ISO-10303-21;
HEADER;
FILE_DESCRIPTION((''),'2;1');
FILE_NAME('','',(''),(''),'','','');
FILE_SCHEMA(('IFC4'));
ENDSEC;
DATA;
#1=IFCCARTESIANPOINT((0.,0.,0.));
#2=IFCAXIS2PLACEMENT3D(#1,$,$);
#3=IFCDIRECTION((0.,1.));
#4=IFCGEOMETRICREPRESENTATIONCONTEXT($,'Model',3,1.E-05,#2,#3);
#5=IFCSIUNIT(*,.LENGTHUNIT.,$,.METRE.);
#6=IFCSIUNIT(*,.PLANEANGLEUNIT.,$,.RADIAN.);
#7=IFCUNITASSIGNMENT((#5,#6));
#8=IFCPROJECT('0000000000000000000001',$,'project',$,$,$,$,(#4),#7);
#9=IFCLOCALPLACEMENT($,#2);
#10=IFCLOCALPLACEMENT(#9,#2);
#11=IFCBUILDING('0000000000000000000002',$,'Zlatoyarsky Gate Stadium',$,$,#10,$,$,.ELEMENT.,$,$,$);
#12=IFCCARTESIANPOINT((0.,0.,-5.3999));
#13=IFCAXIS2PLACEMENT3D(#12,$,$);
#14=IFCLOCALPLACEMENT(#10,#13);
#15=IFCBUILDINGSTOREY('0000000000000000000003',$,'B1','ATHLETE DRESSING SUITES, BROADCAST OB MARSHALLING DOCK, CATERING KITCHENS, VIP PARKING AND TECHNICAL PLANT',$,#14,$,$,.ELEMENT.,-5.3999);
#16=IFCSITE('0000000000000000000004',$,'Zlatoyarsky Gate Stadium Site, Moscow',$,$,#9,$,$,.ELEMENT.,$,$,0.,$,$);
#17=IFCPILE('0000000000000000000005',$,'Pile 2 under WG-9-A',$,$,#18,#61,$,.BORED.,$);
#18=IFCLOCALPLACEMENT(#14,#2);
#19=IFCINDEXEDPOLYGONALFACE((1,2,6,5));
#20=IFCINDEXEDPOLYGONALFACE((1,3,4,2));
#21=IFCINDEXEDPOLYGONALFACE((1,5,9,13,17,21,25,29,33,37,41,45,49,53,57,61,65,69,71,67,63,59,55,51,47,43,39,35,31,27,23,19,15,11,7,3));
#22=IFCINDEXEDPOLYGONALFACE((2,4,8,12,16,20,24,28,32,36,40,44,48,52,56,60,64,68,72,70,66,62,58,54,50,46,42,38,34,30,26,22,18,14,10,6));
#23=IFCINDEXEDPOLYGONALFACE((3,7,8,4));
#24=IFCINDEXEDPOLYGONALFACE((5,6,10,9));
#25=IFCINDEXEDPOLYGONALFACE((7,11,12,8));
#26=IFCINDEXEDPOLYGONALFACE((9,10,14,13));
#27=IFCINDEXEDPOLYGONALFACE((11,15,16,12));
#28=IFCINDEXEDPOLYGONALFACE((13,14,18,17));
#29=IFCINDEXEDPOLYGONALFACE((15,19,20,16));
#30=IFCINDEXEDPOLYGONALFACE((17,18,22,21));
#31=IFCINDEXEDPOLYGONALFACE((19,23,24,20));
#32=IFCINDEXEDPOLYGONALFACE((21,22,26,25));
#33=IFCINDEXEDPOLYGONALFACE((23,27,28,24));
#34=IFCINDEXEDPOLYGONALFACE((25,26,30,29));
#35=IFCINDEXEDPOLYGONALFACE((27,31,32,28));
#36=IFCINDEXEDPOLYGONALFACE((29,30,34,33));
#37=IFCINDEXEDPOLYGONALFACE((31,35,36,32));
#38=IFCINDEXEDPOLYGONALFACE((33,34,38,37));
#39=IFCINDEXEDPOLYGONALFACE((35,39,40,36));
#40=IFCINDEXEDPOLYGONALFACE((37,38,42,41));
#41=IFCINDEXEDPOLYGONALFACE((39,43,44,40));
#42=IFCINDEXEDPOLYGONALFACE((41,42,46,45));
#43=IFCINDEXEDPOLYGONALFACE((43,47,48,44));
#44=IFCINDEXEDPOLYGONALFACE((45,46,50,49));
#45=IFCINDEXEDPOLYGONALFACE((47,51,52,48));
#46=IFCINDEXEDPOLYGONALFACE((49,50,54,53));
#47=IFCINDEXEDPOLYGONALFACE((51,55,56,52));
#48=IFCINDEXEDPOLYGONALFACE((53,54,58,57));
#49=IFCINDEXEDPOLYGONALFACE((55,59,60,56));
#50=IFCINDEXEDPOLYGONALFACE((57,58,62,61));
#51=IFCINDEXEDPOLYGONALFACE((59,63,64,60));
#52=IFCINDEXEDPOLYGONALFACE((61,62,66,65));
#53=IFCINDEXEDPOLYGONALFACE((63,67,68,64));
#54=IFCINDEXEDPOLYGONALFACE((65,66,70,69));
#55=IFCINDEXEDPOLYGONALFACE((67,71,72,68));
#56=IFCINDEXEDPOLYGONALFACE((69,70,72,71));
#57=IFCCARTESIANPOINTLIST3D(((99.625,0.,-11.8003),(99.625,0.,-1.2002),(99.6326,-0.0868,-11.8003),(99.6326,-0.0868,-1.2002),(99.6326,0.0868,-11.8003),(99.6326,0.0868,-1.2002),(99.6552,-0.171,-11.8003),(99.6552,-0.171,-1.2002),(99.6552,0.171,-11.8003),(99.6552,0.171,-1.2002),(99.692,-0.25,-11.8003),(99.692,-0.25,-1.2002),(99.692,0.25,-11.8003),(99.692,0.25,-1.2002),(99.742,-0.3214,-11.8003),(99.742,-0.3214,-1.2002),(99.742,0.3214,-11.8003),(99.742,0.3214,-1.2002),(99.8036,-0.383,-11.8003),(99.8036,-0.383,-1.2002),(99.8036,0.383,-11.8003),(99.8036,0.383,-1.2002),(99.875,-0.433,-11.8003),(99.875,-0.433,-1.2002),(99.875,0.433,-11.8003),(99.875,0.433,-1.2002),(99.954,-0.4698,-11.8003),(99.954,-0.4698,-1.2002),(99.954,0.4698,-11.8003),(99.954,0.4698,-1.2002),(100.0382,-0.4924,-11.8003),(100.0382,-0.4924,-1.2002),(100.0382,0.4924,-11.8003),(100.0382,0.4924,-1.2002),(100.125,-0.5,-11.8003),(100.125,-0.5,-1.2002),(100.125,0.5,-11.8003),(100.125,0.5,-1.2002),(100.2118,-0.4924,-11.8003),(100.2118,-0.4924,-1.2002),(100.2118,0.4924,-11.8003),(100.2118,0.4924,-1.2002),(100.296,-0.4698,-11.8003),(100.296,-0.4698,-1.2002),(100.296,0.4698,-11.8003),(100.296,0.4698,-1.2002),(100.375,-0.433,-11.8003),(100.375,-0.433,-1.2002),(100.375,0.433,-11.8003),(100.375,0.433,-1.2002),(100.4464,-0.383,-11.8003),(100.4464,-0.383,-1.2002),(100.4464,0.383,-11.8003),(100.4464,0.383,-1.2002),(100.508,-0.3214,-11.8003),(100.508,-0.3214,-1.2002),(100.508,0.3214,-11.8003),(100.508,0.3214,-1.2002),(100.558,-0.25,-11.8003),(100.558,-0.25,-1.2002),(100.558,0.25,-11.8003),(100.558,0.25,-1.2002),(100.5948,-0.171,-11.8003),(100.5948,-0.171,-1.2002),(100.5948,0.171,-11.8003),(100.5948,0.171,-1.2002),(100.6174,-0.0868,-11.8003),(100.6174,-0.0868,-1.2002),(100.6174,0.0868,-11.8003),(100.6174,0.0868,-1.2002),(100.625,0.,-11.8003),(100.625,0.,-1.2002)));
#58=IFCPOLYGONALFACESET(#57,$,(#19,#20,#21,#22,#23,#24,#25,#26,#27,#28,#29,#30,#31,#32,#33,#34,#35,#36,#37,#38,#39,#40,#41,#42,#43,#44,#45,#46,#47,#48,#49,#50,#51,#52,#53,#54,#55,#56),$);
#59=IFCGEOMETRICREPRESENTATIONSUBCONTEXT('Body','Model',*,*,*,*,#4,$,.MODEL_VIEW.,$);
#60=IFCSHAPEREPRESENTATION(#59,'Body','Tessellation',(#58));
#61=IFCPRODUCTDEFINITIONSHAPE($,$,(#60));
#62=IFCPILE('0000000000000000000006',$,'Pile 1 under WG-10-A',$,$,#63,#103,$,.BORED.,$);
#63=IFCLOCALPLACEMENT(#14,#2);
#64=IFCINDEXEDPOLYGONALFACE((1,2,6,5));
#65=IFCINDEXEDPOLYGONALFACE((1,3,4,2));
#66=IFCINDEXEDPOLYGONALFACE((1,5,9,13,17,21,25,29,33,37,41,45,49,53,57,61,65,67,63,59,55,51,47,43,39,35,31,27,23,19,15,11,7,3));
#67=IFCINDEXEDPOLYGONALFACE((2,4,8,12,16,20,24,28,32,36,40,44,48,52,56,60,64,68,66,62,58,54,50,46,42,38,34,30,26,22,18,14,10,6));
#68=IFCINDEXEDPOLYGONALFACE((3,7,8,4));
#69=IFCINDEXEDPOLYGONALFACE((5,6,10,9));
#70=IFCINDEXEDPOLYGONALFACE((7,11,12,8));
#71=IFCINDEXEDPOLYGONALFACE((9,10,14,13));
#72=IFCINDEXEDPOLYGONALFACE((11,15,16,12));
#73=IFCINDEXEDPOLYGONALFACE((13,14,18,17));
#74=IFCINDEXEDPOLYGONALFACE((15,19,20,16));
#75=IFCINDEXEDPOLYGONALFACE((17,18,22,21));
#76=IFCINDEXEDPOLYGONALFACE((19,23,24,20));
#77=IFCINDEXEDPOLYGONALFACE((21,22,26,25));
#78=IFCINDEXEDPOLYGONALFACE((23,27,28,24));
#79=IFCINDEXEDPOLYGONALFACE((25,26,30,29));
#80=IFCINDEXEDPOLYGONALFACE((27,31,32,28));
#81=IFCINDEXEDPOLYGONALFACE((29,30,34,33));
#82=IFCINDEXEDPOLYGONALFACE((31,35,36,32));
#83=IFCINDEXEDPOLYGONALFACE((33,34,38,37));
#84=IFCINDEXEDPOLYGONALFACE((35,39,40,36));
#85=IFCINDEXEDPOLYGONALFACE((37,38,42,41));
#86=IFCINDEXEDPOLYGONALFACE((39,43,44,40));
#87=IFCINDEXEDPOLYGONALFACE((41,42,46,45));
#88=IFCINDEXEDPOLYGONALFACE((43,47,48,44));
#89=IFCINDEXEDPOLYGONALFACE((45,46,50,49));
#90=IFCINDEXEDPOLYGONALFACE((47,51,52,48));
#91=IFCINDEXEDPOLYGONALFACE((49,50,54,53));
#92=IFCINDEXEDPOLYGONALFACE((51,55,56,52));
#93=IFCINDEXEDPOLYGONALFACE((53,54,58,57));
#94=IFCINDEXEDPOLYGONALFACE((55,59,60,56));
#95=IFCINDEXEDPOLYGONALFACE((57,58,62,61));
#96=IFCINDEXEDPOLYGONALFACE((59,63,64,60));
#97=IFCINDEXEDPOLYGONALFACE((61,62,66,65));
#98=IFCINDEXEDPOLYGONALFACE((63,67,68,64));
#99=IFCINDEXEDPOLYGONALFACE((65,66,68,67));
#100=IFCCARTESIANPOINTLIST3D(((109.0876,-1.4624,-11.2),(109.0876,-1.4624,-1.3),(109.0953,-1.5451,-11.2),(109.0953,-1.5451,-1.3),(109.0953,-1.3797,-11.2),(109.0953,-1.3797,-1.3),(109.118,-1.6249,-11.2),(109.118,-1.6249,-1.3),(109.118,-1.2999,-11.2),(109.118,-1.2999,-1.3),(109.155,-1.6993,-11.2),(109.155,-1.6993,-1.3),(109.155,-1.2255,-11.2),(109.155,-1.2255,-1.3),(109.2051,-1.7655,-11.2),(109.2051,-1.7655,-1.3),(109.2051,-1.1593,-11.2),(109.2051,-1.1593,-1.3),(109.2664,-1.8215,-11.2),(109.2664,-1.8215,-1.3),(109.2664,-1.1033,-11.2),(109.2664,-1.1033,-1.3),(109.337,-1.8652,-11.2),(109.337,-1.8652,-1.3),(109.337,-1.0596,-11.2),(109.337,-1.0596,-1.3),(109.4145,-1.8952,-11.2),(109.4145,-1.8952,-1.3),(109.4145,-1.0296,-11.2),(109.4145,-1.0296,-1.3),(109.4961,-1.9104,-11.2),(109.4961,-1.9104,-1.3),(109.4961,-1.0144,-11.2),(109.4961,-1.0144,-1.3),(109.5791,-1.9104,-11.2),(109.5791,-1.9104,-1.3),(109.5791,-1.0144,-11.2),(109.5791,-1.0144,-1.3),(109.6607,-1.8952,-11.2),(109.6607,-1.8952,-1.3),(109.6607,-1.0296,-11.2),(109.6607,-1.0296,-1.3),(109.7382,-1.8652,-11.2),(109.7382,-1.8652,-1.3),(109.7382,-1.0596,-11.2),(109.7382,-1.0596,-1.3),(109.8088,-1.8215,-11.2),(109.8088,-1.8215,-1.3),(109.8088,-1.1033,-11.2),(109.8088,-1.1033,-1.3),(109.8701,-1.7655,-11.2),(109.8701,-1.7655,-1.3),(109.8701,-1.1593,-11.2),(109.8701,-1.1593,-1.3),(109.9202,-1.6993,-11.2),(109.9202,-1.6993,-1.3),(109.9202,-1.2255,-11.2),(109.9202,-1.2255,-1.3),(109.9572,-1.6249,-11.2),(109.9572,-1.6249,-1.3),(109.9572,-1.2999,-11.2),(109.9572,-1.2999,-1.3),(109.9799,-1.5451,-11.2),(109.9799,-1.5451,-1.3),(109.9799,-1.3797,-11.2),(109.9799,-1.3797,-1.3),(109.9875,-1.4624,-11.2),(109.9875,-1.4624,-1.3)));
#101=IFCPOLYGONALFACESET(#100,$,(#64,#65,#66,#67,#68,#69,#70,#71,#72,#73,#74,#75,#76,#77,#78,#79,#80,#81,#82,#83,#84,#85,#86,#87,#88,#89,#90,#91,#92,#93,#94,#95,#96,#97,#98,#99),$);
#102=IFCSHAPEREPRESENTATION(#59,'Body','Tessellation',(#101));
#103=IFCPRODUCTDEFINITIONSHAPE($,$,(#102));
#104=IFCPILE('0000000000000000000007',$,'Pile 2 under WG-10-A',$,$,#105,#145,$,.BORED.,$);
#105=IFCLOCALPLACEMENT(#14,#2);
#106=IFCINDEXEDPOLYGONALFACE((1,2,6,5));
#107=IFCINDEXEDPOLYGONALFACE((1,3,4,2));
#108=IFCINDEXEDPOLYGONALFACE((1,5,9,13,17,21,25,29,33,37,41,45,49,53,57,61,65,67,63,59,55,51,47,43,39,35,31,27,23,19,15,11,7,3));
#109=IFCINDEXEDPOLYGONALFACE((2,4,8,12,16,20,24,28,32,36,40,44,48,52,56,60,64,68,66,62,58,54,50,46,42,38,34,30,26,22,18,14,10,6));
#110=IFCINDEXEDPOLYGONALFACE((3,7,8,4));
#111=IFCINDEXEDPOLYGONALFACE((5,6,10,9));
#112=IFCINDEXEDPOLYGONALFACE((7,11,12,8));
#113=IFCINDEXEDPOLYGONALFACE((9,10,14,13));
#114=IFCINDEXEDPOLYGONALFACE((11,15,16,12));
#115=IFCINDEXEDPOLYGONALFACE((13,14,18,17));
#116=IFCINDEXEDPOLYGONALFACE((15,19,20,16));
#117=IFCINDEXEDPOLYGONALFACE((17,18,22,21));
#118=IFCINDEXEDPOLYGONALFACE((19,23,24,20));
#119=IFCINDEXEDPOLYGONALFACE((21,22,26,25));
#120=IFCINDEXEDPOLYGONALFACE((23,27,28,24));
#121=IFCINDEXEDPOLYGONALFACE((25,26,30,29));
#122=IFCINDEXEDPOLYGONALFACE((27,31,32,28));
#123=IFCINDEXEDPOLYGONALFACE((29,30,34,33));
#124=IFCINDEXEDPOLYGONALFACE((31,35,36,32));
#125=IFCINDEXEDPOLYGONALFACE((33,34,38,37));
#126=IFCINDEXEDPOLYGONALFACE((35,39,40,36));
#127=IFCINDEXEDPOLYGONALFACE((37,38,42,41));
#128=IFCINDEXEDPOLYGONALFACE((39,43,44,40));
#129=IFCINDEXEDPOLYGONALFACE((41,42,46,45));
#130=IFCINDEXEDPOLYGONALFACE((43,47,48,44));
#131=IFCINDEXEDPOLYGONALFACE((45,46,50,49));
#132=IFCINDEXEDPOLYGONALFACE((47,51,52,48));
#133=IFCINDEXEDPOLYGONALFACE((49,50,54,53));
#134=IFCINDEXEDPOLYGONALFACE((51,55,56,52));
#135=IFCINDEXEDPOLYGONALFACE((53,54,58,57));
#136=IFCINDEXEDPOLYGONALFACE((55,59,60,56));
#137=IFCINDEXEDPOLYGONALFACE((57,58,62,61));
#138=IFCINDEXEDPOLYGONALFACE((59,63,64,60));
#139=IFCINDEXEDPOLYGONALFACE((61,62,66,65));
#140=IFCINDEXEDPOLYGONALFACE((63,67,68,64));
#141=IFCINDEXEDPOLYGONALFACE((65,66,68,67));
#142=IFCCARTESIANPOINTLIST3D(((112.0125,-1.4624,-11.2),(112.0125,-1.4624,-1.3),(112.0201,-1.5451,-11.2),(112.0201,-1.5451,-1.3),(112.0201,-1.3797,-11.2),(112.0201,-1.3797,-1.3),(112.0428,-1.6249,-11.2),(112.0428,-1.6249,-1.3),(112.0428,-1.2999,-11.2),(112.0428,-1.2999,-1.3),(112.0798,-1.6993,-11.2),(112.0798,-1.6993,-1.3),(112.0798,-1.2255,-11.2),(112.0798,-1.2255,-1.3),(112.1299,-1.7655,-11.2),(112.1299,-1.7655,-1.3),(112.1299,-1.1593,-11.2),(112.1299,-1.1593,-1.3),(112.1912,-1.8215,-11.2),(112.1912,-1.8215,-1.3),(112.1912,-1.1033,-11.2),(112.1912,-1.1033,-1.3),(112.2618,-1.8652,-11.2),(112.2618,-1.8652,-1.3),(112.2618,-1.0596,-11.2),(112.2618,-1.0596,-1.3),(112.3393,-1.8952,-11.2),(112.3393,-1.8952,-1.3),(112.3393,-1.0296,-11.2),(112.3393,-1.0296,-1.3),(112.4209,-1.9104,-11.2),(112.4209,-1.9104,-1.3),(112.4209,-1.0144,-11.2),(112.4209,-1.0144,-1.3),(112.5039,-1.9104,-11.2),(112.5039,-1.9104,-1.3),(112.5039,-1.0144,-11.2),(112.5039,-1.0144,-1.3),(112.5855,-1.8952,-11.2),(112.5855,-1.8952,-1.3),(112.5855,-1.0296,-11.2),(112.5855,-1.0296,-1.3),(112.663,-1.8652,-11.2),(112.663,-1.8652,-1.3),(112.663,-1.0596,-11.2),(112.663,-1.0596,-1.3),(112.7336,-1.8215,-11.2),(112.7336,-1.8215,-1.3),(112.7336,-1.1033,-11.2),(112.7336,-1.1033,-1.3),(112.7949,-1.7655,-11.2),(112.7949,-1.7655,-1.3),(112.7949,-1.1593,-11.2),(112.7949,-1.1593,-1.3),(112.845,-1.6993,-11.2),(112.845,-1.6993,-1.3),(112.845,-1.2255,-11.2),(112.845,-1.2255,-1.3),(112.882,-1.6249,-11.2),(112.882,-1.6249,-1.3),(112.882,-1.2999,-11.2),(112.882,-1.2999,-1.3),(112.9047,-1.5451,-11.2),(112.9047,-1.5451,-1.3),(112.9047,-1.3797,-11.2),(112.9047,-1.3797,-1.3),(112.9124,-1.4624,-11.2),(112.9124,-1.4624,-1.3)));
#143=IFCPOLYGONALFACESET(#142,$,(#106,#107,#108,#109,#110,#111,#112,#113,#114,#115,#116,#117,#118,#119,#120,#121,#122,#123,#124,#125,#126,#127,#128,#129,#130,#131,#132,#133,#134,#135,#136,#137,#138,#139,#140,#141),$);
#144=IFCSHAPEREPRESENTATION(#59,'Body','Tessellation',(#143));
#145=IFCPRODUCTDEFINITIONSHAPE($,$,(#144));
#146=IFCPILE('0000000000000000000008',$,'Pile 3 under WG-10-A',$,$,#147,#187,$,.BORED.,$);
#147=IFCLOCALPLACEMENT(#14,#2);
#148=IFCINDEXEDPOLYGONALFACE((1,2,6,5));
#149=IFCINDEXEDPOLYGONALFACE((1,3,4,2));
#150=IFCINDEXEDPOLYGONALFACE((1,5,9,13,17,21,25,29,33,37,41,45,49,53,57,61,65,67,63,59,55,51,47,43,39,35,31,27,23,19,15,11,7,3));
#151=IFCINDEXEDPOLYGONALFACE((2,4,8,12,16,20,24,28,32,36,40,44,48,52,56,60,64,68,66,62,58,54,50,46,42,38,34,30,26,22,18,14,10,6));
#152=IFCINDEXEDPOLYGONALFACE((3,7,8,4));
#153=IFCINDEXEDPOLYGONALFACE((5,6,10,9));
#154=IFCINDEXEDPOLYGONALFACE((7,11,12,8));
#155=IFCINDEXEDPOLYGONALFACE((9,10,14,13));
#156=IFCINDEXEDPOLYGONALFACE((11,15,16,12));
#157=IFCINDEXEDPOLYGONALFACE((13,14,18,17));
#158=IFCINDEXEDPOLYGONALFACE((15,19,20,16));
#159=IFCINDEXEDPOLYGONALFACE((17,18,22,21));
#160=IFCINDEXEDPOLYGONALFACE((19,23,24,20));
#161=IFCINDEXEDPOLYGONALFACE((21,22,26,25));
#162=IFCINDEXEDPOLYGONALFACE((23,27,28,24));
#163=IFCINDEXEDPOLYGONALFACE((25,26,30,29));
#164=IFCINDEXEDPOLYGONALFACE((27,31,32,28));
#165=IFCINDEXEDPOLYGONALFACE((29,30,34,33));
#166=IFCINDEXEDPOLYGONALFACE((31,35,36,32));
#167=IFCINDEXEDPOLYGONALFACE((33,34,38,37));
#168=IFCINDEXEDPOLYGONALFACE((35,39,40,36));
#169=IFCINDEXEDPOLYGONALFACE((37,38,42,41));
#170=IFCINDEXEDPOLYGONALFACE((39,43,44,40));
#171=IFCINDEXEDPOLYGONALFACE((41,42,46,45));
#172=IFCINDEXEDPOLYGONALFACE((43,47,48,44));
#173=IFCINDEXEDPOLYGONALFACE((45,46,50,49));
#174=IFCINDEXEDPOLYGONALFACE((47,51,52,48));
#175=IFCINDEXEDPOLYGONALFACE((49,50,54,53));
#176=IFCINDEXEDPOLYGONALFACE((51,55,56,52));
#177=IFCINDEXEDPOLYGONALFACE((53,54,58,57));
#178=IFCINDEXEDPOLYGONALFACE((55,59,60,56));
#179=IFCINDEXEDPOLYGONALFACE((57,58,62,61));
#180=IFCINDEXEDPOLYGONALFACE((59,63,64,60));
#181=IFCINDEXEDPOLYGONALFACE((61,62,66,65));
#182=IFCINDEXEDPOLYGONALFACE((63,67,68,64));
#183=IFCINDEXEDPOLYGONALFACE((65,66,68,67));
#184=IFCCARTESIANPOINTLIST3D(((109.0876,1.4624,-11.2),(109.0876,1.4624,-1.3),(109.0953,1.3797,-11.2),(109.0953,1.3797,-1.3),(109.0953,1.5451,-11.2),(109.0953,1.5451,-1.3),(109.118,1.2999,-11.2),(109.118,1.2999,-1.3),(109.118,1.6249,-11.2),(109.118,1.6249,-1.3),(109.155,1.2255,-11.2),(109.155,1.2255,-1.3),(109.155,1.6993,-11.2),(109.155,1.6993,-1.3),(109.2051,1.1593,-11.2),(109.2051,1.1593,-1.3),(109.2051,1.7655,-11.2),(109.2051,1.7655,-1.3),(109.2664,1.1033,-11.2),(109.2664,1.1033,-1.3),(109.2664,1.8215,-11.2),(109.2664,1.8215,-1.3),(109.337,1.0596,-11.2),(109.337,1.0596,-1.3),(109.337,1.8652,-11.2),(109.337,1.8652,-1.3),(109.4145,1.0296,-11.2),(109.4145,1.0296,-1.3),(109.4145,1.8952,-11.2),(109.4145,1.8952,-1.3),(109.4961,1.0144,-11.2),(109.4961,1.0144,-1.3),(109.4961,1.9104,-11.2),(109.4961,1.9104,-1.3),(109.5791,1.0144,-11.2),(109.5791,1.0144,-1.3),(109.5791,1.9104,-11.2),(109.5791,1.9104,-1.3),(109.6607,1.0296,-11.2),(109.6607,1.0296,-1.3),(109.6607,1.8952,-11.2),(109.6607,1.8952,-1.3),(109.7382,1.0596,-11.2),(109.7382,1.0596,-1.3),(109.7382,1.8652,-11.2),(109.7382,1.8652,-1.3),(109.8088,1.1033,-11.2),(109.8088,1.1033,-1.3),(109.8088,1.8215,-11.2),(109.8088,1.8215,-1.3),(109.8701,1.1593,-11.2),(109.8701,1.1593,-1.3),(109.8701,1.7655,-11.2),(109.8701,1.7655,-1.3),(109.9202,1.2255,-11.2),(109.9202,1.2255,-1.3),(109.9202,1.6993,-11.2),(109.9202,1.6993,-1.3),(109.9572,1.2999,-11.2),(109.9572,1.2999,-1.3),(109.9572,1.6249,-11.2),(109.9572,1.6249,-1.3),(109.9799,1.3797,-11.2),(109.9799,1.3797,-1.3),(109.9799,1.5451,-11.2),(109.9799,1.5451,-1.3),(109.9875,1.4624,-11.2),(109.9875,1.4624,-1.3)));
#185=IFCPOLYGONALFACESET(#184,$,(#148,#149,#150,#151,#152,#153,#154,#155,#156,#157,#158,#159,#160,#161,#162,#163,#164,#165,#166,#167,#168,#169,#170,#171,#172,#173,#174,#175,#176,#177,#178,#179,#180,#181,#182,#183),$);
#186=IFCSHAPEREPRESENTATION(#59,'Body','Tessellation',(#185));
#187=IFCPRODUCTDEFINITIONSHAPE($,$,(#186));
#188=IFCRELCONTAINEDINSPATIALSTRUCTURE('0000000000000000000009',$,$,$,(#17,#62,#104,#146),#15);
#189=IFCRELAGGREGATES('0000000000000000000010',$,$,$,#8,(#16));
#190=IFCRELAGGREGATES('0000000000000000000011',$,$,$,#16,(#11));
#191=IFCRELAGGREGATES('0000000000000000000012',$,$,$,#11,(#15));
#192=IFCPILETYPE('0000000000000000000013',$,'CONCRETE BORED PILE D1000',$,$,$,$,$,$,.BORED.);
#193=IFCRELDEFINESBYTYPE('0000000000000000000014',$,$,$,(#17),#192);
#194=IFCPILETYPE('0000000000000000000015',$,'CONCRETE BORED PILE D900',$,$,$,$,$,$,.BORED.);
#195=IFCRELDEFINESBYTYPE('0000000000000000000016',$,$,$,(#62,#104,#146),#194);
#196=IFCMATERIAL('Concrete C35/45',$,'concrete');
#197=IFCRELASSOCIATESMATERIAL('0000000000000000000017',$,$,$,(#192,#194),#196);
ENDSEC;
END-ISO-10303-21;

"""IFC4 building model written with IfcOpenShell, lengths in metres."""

from ifc_helpers import new_model, si_unit, direction, frame, origin, origin_2d, place, context, subcontext, project, spatial, circle, extrude, material, material_profile, profile_set, type_object, element, save


model = new_model("IFC4")

# Units and contexts
model_context = context("Model", 3, precision=1e-05, world=origin(), true_north=direction((0.0, 1.0)))
body_context = subcontext(model_context, "Body", "Model", "MODEL_VIEW")
ifc_project = project(units=[si_unit("LENGTHUNIT", "METRE"), si_unit("PLANEANGLEUNIT", "RADIAN")], contexts=[model_context])

# Site, building, storey
site_placement = place(None, origin())
site = spatial("IfcSite", under=ifc_project, at=site_placement, Name="Zlatoyarsky Gate Stadium Site, Moscow", CompositionType="ELEMENT", RefElevation=0.0)
building_placement = place(site_placement, origin())
building = spatial("IfcBuilding", under=site, at=building_placement, Name="Zlatoyarsky Gate Stadium", CompositionType="ELEMENT")
storey_placement = place(building_placement, frame((0.0, 0.0, -5.3999)))
storey = spatial("IfcBuildingStorey", under=building, at=storey_placement, Name="B1", Description="ATHLETE DRESSING SUITES, BROADCAST OB MARSHALLING DOCK, CATERING KITCHENS, VIP PARKING AND TECHNICAL PLANT", CompositionType="ELEMENT", Elevation=-5.3999)

# Piles
ifc_material_1 = material(Name="Concrete C35/45", Category="concrete")
ifc_material_profile_1 = material_profile(ifc_material_1, circle(Radius=0.5, at=origin_2d()), Name="BORED PILE D1000")
ifc_profile_set_1 = profile_set([ifc_material_profile_1], Name="Concrete C35/45")
pile_type_1 = type_object("IfcPileType", Name="CONCRETE BORED PILE D1000", PredefinedType="BORED", material=ifc_profile_set_1)
for number, where, z_axis, x_axis, name in (
    (1, (100.125, 0.0, -1.2002), (0.0, 0.0, -1.0), (1.0, 0.0, 0.0), "Pile 2 under WG-9-A"),
):
    element("IfcPile", number, at=place(storey_placement, frame(where, z_axis=z_axis, x_axis=x_axis)), inside=storey, type_object=pile_type_1, Name=name, PredefinedType="BORED", context=body_context, shape_type="SweptSolid", body=[
        extrude(circle(Radius=0.5, at=origin_2d()), origin(), (0.0, 0.0, 1.0), 10.6001),
    ])
ifc_material_profile_2 = material_profile(ifc_material_1, circle(Radius=0.45, at=origin_2d()), Name="BORED PILE D900")
ifc_profile_set_2 = profile_set([ifc_material_profile_2], Name="Concrete C35/45")
pile_type_2 = type_object("IfcPileType", Name="CONCRETE BORED PILE D900", PredefinedType="BORED", material=ifc_profile_set_2)
for number, where, z_axis, x_axis, name in (
    (2, (109.5376, -1.4624, -1.3), (0.0, 0.0, -1.0), (1.0, 0.0, 0.0), "Pile 1 under WG-10-A"),
    (3, (112.4624, -1.4624, -1.3), (0.0, 0.0, -1.0), (1.0, 0.0, 0.0), "Pile 2 under WG-10-A"),
    (4, (109.5376, 1.4624, -1.3), (0.0, 0.0, -1.0), (1.0, 0.0, 0.0), "Pile 3 under WG-10-A"),
):
    element("IfcPile", number, at=place(storey_placement, frame(where, z_axis=z_axis, x_axis=x_axis)), inside=storey, type_object=pile_type_2, Name=name, PredefinedType="BORED", context=body_context, shape_type="SweptSolid", body=[
        extrude(circle(Radius=0.45, at=origin_2d()), origin(), (0.0, 0.0, 1.0), 9.8999),
    ])

save(model, "model.ifc")
